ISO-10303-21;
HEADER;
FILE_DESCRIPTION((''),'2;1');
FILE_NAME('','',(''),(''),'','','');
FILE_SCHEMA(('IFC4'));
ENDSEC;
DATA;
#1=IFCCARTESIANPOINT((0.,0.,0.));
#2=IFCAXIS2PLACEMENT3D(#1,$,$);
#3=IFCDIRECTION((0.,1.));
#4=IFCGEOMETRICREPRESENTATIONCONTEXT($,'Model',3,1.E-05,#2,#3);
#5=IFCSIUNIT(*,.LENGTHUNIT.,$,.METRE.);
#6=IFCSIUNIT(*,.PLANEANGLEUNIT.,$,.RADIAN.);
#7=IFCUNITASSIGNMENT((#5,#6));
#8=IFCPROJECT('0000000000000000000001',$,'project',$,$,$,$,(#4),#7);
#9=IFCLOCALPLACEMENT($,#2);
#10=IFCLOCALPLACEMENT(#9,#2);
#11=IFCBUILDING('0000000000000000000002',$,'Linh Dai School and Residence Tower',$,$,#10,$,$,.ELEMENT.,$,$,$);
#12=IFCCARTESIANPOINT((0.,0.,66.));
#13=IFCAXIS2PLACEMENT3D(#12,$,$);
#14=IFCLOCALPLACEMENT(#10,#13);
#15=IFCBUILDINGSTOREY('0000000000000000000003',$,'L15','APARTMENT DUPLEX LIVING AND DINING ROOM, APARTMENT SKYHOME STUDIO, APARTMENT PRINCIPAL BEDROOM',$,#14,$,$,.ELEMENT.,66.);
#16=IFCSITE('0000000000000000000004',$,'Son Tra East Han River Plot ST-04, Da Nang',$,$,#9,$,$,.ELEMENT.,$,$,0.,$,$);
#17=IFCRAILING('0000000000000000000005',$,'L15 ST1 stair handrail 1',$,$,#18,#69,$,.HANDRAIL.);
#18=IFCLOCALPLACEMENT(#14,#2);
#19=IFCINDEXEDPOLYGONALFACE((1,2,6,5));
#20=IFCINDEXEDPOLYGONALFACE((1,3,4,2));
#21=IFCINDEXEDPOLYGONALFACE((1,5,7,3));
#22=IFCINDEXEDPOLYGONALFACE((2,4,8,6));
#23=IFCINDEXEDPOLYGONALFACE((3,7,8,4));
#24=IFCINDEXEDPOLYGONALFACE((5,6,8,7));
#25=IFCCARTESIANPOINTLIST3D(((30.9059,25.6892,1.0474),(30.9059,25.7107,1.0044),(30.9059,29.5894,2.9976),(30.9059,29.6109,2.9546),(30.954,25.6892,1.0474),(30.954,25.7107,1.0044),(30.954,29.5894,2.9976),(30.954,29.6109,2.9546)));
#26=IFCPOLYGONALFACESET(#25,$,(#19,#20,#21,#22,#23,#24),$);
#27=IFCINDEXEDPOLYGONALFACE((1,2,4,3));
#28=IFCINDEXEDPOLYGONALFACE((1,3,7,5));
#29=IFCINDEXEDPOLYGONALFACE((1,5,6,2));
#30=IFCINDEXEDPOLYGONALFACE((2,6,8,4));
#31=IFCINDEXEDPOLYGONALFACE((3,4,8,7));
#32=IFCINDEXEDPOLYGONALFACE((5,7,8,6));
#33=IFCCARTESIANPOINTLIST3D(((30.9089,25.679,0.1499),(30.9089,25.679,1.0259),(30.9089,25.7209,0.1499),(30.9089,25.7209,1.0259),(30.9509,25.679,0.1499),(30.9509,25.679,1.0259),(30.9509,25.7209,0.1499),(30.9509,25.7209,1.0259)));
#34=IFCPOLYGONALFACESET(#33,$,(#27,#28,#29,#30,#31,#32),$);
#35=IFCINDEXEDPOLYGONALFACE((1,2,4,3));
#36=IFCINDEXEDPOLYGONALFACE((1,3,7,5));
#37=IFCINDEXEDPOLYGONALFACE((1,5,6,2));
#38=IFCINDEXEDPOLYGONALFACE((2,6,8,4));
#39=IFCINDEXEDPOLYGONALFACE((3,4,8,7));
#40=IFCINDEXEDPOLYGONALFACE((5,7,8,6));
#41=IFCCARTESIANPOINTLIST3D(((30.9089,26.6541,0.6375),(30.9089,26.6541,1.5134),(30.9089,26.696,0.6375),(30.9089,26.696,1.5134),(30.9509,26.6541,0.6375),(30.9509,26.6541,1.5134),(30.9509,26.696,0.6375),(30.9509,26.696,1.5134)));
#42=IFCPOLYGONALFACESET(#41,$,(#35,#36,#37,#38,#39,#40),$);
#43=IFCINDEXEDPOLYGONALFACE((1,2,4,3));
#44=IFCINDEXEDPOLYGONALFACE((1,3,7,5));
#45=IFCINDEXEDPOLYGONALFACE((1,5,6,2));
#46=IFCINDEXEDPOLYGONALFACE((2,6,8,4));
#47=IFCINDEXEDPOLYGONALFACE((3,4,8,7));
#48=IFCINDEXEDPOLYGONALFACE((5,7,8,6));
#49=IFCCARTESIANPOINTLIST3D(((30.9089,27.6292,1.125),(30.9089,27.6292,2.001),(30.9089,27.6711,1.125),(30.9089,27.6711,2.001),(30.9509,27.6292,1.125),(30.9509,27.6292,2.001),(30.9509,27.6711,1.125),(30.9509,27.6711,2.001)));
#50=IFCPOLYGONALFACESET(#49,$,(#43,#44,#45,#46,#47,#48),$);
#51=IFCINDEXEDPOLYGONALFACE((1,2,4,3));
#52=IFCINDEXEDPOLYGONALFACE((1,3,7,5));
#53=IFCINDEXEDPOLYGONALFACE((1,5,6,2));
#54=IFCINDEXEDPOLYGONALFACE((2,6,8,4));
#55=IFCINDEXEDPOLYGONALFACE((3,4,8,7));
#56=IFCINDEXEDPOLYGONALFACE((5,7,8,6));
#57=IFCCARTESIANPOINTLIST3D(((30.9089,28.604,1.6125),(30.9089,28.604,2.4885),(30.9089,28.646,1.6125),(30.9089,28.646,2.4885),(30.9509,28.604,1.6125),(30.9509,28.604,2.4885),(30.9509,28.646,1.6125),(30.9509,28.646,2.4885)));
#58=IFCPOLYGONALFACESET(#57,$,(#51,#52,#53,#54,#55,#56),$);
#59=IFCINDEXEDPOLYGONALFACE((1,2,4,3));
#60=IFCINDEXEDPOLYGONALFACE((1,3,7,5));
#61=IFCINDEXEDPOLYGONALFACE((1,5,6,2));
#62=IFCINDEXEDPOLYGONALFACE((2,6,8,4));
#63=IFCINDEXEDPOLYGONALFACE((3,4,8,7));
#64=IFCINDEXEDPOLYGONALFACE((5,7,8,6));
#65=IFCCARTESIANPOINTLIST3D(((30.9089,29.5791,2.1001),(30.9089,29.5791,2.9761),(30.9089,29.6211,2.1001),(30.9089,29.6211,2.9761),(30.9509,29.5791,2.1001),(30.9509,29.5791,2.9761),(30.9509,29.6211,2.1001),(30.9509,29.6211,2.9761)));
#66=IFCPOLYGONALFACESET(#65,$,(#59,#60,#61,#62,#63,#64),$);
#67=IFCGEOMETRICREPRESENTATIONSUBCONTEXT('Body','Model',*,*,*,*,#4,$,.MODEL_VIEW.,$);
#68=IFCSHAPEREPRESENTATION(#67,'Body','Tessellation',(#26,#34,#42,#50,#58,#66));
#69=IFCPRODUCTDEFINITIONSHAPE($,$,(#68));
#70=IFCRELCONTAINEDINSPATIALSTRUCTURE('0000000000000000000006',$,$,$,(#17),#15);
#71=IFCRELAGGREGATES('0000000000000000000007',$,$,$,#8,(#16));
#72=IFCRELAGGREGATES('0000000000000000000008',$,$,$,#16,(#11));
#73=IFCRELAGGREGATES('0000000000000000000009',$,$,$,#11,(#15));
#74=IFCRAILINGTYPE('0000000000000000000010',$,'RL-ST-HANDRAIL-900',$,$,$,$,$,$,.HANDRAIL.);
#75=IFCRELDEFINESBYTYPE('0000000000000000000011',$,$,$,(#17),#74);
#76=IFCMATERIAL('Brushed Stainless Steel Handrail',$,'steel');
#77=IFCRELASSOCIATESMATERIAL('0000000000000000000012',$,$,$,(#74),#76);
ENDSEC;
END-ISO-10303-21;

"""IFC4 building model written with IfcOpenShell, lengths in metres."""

from ifc_helpers import new_model, si_unit, direction, frame, origin, origin_2d, place, context, subcontext, project, spatial, rectangle, extrude, source, transform, mapped, material, type_object, element, save


model = new_model("IFC4")

# Units and contexts
model_context = context("Model", 3, precision=1e-05, world=origin(), true_north=direction((0.0, 1.0)))
body_context = subcontext(model_context, "Body", "Model", "MODEL_VIEW")
ifc_project = project(units=[si_unit("LENGTHUNIT", "METRE"), si_unit("PLANEANGLEUNIT", "RADIAN")], contexts=[model_context])

# Site, building, storey
site_placement = place(None, origin())
site = spatial("IfcSite", under=ifc_project, at=site_placement, Name="Son Tra East Han River Plot ST-04, Da Nang", CompositionType="ELEMENT", RefElevation=0.0)
building_placement = place(site_placement, origin())
building = spatial("IfcBuilding", under=site, at=building_placement, Name="Linh Dai School and Residence Tower", CompositionType="ELEMENT")
storey_placement = place(building_placement, frame((0.0, 0.0, 66.0)))
storey = spatial("IfcBuildingStorey", under=building, at=storey_placement, Name="L15", Description="APARTMENT DUPLEX LIVING AND DINING ROOM, APARTMENT SKYHOME STUDIO, APARTMENT PRINCIPAL BEDROOM", CompositionType="ELEMENT", Elevation=66.0)

# Railing
ifc_material_1 = material(Name="Brushed Stainless Steel Handrail", Category="steel")
railing_type_1 = type_object("IfcRailingType", Name="RL-ST-HANDRAIL-900", PredefinedType="HANDRAIL", material=ifc_material_1)
shared_shape_1 = source(origin(), body_context, "Body", "SweptSolid", [
    extrude(rectangle(XDim=0.0481, YDim=0.0481, at=origin_2d()), frame((0.0, 0.0, 0.876), z_axis=(0.0, 0.894416, 0.447236), x_axis=(-1.0, 0.0, 0.0)), (0.0, 0.0, 1.0), 4.3606),
    extrude(rectangle(XDim=0.042, YDim=0.042, at=origin_2d()), origin(), (0.0, 0.0, 1.0), 0.876),
    extrude(rectangle(XDim=0.042, YDim=0.042, at=origin_2d()), frame((0.0, 0.9751, 0.4875)), (0.0, 0.0, 1.0), 0.876),
    extrude(rectangle(XDim=0.042, YDim=0.042, at=origin_2d()), frame((0.0, 1.9502, 0.9751)), (0.0, 0.0, 1.0), 0.876),
    extrude(rectangle(XDim=0.042, YDim=0.042, at=origin_2d()), frame((0.0, 2.925, 1.4626)), (0.0, 0.0, 1.0), 0.876),
    extrude(rectangle(XDim=0.042, YDim=0.042, at=origin_2d()), frame((0.0, 3.9001, 1.9502)), (0.0, 0.0, 1.0), 0.876),
])
railing_1_placement = place(storey_placement, frame((30.9299, 25.7, 0.1499)))
element("IfcRailing", 1, at=railing_1_placement, inside=storey, type_object=railing_type_1, Name="L15 ST1 stair handrail 1", PredefinedType="HANDRAIL", context=body_context, shape_type="MappedRepresentation", body=[
    mapped(shared_shape_1, transform((0.0, 0.0, 0.0), x_axis=(1.0, 0.0, 0.0), y_axis=(0.0, 1.0, 0.0), z_axis=(0.0, 0.0, 1.0), scale=1.0)),
])

save(model, "model.ifc")
